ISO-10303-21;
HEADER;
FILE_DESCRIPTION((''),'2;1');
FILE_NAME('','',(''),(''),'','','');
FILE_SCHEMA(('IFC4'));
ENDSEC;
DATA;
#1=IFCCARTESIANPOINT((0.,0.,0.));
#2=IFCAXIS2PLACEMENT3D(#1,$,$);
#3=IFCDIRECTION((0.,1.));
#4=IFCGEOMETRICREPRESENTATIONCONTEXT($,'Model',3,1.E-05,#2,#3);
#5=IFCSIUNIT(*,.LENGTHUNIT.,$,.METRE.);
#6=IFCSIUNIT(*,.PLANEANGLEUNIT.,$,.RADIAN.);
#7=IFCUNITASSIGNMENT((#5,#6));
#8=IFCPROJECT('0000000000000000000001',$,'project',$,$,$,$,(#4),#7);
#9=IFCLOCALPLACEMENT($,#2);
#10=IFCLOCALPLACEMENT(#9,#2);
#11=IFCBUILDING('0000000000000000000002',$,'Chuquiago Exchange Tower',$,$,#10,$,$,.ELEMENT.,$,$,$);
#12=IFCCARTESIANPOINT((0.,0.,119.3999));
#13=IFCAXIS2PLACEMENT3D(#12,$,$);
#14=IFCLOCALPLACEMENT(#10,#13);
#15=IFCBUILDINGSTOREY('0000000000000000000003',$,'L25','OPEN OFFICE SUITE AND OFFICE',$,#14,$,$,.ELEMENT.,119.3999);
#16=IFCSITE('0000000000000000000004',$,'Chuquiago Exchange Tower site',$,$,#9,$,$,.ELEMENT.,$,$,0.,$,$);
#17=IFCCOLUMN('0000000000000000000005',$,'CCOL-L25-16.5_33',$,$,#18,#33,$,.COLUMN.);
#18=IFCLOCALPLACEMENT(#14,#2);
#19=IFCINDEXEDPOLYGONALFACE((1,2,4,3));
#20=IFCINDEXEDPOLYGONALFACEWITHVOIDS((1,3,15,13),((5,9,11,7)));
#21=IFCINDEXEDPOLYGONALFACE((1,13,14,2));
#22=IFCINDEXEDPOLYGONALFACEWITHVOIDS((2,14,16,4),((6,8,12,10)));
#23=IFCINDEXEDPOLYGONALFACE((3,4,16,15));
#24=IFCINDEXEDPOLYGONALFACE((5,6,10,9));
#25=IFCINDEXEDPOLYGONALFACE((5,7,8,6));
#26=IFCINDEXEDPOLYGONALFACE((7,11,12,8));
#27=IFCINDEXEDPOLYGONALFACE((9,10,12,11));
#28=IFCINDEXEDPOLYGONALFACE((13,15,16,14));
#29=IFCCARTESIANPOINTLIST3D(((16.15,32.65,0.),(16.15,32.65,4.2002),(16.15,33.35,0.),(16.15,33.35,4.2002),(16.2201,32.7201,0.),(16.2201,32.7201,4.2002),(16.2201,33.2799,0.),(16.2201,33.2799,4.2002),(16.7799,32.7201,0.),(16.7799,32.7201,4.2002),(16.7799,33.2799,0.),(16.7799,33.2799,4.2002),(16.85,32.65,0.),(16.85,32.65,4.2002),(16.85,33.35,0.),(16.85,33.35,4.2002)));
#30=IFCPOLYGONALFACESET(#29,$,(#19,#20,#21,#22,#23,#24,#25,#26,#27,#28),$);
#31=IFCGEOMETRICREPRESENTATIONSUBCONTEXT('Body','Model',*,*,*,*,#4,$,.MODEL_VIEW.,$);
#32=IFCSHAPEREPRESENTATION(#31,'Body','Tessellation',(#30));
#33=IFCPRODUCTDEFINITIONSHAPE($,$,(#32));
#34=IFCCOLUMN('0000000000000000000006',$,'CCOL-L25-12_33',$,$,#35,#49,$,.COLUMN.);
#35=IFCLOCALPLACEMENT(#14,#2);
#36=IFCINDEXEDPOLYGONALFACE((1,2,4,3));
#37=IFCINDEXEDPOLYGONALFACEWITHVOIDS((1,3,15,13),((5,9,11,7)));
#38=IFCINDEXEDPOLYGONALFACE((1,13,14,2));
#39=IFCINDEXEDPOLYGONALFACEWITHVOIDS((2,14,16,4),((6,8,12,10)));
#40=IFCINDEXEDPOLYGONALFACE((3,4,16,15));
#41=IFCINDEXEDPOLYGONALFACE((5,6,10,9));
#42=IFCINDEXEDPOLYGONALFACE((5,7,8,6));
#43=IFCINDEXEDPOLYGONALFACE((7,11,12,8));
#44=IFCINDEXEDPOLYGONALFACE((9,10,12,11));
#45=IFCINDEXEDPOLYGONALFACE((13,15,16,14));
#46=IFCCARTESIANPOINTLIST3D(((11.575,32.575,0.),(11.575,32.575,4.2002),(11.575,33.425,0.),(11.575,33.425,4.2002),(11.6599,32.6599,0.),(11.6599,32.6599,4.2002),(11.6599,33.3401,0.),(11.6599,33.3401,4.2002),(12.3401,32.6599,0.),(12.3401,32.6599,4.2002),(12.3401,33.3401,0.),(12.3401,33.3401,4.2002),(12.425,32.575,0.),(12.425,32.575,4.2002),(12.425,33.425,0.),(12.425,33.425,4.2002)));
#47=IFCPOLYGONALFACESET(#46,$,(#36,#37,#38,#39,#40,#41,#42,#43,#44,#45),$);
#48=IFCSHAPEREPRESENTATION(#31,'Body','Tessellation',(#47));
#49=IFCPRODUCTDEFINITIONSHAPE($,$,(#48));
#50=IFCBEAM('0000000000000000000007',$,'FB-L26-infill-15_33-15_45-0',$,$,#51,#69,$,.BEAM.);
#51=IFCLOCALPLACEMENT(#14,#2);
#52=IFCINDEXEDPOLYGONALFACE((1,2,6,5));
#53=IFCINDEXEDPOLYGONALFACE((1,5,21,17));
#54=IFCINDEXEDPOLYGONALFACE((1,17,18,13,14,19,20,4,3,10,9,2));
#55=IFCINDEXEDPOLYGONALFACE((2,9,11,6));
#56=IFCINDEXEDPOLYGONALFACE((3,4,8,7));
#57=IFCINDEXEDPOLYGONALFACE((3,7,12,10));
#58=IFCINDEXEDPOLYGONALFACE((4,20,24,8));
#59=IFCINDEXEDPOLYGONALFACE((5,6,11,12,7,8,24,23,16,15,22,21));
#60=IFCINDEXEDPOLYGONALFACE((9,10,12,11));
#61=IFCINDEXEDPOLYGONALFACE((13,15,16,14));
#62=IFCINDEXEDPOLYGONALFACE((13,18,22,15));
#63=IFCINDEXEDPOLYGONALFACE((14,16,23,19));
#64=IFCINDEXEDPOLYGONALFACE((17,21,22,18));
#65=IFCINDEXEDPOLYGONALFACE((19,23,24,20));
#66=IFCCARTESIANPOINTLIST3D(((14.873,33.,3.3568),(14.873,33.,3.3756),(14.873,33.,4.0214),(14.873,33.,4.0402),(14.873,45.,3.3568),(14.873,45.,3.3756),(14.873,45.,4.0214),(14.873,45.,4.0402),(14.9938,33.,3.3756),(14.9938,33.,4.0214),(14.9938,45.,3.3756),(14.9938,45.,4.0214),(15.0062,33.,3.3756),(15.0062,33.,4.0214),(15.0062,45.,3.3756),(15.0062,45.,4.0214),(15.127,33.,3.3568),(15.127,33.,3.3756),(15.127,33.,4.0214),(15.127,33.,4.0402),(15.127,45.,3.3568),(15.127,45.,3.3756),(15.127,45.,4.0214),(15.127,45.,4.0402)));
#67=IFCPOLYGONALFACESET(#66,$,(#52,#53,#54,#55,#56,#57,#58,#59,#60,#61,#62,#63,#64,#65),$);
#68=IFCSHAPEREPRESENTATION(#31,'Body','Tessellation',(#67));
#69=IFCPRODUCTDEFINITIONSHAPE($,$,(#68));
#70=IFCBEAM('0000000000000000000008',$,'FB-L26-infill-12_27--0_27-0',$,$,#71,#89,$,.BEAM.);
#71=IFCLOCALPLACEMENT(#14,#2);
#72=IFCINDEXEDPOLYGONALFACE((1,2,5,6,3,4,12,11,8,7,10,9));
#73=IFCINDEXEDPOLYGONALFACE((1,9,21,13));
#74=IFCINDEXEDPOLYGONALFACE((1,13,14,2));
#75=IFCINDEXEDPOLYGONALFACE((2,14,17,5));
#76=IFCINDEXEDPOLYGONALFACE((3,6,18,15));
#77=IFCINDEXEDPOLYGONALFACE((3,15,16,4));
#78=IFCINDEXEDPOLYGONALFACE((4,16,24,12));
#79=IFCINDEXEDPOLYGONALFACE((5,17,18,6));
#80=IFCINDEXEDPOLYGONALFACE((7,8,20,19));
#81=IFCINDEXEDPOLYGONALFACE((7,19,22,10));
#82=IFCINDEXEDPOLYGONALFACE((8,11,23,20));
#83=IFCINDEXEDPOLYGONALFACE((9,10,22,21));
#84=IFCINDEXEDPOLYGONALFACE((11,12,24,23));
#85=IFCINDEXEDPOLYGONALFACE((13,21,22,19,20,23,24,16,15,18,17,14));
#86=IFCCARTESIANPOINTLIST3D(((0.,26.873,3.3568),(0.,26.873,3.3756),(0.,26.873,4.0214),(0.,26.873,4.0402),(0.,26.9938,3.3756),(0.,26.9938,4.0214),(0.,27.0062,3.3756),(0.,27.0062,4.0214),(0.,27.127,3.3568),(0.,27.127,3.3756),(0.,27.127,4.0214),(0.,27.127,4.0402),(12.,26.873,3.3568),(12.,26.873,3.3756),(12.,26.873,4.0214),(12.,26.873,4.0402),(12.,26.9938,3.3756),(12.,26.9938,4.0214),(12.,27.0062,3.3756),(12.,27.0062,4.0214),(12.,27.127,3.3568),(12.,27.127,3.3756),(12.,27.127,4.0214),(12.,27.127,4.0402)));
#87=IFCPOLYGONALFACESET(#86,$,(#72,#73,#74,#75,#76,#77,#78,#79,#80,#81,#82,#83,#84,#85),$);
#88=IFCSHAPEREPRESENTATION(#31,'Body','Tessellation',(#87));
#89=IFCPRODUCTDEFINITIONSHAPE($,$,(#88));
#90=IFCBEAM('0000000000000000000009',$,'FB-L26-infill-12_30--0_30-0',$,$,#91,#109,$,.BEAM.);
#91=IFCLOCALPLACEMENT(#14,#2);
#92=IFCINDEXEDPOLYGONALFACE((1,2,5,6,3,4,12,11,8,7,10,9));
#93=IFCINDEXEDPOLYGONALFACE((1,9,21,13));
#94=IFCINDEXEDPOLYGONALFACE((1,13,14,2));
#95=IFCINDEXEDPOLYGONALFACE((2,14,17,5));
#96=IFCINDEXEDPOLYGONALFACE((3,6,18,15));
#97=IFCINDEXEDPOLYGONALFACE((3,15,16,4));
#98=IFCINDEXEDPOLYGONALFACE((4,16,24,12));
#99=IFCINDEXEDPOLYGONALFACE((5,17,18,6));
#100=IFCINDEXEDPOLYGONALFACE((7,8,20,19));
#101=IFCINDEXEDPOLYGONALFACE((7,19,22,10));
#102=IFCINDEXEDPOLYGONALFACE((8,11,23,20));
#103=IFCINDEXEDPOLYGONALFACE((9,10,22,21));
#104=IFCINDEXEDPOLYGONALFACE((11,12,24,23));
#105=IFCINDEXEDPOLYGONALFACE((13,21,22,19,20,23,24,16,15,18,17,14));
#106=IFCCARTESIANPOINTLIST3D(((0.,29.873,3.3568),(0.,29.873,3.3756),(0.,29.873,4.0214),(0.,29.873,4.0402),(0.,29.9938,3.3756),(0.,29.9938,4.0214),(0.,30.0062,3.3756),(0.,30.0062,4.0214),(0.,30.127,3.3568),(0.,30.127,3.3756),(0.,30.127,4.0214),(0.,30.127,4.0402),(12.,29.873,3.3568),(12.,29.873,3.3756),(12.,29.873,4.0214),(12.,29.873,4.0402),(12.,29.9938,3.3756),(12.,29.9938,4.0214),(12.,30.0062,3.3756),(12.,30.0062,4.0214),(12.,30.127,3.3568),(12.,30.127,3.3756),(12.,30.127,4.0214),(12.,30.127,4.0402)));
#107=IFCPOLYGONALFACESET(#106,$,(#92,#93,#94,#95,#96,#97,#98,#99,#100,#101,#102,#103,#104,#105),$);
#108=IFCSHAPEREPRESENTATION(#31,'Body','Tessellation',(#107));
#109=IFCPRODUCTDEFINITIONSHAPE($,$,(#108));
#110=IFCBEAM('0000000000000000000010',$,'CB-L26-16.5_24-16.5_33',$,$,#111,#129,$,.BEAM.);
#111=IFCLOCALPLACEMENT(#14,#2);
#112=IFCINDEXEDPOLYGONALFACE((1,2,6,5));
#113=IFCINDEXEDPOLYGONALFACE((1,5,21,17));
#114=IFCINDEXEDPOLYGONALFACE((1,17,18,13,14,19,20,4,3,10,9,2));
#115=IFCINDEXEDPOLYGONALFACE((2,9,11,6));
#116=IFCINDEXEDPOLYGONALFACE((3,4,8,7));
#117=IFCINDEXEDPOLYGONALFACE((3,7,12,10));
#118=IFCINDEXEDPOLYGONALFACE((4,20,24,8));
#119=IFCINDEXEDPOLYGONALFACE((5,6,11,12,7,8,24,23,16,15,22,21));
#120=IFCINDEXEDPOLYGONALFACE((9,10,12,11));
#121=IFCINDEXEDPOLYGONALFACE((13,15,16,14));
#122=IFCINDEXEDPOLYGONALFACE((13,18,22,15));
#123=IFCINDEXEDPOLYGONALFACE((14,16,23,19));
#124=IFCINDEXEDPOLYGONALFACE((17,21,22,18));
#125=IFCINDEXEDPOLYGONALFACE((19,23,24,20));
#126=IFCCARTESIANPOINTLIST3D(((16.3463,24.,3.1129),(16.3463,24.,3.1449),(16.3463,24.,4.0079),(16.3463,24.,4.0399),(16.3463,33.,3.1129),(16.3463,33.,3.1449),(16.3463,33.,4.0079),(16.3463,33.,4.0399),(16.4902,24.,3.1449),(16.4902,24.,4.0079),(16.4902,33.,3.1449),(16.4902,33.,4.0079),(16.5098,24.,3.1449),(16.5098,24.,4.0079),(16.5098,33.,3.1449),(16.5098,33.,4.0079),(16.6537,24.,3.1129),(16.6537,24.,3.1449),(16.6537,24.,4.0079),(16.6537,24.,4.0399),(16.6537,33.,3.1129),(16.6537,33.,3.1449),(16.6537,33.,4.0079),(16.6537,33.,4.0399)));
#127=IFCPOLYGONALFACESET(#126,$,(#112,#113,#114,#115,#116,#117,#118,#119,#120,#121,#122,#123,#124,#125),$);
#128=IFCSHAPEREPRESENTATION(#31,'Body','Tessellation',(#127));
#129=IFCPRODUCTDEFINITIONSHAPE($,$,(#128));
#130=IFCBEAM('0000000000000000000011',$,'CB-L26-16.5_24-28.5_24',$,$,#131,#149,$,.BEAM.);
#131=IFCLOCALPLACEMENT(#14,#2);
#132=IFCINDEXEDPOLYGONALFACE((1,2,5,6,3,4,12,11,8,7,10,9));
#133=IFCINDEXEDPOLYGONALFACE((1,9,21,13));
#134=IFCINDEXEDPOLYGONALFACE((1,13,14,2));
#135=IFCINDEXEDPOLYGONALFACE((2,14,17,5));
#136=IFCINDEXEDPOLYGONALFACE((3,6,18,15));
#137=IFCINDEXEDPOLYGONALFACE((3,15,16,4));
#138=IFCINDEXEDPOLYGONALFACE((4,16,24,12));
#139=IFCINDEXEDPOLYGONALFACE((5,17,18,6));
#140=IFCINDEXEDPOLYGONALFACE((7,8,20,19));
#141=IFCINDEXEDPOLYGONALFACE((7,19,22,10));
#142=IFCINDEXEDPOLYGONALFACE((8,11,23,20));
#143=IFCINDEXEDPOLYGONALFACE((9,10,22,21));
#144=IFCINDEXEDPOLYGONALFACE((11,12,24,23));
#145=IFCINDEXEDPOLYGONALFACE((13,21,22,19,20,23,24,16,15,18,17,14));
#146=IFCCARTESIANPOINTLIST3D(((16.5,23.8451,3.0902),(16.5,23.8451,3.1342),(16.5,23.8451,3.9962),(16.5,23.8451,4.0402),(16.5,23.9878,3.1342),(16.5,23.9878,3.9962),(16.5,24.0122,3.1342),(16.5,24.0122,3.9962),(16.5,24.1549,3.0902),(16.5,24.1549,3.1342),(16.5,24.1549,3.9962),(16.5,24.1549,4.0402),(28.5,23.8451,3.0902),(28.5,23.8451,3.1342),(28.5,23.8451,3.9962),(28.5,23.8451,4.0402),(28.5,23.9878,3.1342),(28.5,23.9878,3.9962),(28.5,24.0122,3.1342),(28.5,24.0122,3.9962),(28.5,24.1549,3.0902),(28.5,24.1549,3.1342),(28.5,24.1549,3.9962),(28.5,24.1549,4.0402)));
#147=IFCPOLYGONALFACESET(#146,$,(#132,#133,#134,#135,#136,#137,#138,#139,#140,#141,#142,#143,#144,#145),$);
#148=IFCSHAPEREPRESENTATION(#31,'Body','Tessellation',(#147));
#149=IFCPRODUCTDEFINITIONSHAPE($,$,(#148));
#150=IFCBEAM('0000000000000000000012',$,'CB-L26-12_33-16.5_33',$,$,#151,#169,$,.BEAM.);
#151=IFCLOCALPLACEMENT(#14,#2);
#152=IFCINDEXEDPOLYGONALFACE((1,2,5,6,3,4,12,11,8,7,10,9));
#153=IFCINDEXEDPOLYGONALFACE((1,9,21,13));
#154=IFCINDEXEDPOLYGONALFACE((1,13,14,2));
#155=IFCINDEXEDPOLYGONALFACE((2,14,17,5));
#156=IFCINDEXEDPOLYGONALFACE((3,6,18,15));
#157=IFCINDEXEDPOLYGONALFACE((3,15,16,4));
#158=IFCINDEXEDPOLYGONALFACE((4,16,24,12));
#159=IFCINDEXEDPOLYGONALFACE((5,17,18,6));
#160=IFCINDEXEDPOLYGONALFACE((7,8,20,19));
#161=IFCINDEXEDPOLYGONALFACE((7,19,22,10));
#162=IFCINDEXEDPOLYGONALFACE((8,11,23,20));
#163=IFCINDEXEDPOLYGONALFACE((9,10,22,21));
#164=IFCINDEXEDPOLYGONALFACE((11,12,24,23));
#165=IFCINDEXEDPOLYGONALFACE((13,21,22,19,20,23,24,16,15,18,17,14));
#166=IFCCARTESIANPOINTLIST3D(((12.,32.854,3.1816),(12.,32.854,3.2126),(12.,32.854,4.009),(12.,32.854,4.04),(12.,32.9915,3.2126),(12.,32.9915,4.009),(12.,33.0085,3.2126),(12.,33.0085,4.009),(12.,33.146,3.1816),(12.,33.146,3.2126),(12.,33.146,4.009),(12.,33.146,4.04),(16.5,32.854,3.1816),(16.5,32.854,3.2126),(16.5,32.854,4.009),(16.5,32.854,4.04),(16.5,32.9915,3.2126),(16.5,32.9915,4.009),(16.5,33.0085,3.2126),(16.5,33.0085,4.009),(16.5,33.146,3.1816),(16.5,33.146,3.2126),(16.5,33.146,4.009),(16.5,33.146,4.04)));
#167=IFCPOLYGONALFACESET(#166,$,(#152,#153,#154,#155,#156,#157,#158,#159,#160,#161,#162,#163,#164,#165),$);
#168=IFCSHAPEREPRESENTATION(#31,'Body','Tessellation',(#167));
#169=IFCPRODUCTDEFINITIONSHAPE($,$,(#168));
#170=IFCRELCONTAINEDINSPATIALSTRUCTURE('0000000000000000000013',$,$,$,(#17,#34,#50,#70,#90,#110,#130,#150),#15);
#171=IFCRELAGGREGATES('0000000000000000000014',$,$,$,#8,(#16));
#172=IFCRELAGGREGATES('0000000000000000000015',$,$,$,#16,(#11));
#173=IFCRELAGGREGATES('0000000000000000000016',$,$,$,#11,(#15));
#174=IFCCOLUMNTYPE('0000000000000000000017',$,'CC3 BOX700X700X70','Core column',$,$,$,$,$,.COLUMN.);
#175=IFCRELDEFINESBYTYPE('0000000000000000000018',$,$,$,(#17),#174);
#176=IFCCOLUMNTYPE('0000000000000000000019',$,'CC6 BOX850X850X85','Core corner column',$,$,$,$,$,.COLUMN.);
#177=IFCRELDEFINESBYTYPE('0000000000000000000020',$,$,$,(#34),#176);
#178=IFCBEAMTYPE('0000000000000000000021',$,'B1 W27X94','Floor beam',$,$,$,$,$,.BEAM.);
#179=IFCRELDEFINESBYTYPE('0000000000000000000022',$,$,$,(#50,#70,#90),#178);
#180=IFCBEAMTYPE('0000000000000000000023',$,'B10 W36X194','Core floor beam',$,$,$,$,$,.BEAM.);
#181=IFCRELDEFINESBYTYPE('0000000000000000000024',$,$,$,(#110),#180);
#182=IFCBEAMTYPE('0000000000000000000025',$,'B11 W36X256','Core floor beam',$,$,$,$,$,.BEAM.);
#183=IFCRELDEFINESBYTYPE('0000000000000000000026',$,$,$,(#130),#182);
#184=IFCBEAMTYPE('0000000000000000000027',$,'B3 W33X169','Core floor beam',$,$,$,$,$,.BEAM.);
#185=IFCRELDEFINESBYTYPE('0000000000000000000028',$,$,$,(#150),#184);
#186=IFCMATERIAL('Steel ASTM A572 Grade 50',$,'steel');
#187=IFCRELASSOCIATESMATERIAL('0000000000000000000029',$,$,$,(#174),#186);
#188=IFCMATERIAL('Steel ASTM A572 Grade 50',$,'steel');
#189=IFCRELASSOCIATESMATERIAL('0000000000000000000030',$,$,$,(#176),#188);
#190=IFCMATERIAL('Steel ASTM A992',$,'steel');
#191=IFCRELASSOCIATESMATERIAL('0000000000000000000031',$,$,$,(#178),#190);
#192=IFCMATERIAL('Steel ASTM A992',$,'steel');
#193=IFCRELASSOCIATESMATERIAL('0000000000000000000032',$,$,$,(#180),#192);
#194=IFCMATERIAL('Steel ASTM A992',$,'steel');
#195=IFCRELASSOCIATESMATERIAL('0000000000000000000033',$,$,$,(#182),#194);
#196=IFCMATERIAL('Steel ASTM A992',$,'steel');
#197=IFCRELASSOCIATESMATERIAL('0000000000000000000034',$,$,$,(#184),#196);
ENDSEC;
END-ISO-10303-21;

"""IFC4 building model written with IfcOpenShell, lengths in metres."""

from ifc_helpers import new_model, si_unit, direction, frame, origin, origin_2d, place, context, subcontext, project, spatial, hollow_rectangle, i_section, extrude, material, material_profile, profile_set, type_object, element, save


model = new_model("IFC4")

# Units and contexts
model_context = context("Model", 3, precision=1e-05, world=origin(), true_north=direction((0.0, 1.0)))
body_context = subcontext(model_context, "Body", "Model", "MODEL_VIEW")
ifc_project = project(units=[si_unit("LENGTHUNIT", "METRE"), si_unit("PLANEANGLEUNIT", "RADIAN")], contexts=[model_context])

# Site, building, storey
site_placement = place(None, origin())
site = spatial("IfcSite", under=ifc_project, at=site_placement, Name="Chuquiago Exchange Tower site", CompositionType="ELEMENT", RefElevation=0.0)
building_placement = place(site_placement, origin())
building = spatial("IfcBuilding", under=site, at=building_placement, Name="Chuquiago Exchange Tower", CompositionType="ELEMENT")
storey_placement = place(building_placement, frame((0.0, 0.0, 119.3999)))
storey = spatial("IfcBuildingStorey", under=building, at=storey_placement, Name="L25", Description="OPEN OFFICE SUITE AND OFFICE", CompositionType="ELEMENT", Elevation=119.3999)

# Columns
ifc_material_1 = material(Name="Steel ASTM A572 Grade 50", Category="steel")
ifc_material_profile_1 = material_profile(ifc_material_1, hollow_rectangle(XDim=0.7, YDim=0.7, WallThickness=0.0701, at=origin_2d()), Name="BOX700X700X70")
ifc_profile_set_1 = profile_set([ifc_material_profile_1], Name="Steel ASTM A572 Grade 50")
column_type_1 = type_object("IfcColumnType", Name="CC3 BOX700X700X70", Description="Core column", PredefinedType="COLUMN", material=ifc_profile_set_1)
column_1_placement = place(storey_placement, frame((16.5, 33.0, 0.0), z_axis=(0.0, 0.0, 1.0), x_axis=(1.0, 0.0, 0.0)))
element("IfcColumn", 1, at=column_1_placement, inside=storey, type_object=column_type_1, Name="CCOL-L25-16.5_33", PredefinedType="COLUMN", context=body_context, shape_type="SweptSolid", body=[
    extrude(hollow_rectangle(XDim=0.7, YDim=0.7, WallThickness=0.0701, at=origin_2d()), origin(), (0.0, 0.0, 1.0), 4.2002),
])
ifc_material_2 = material(Name="Steel ASTM A572 Grade 50", Category="steel")
ifc_material_profile_2 = material_profile(ifc_material_2, hollow_rectangle(XDim=0.8501, YDim=0.8501, WallThickness=0.085, at=origin_2d()), Name="BOX850X850X85")
ifc_profile_set_2 = profile_set([ifc_material_profile_2], Name="Steel ASTM A572 Grade 50")
column_type_2 = type_object("IfcColumnType", Name="CC6 BOX850X850X85", Description="Core corner column", PredefinedType="COLUMN", material=ifc_profile_set_2)
column_2_placement = place(storey_placement, frame((12.0, 33.0, 0.0), z_axis=(0.0, 0.0, 1.0), x_axis=(1.0, 0.0, 0.0)))
element("IfcColumn", 2, at=column_2_placement, inside=storey, type_object=column_type_2, Name="CCOL-L25-12_33", PredefinedType="COLUMN", context=body_context, shape_type="SweptSolid", body=[
    extrude(hollow_rectangle(XDim=0.8501, YDim=0.8501, WallThickness=0.085, at=origin_2d()), origin(), (0.0, 0.0, 1.0), 4.2002),
])

# Beams
ifc_material_3 = material(Name="Steel ASTM A992", Category="steel")
ifc_material_profile_3 = material_profile(ifc_material_3, i_section(OverallWidth=0.2539, OverallDepth=0.6833, WebThickness=0.0125, FlangeThickness=0.0188, at=origin_2d()), Name="W27X94")
ifc_profile_set_3 = profile_set([ifc_material_profile_3], Name="Steel ASTM A992")
beam_type_1 = type_object("IfcBeamType", Name="B1 W27X94", Description="Floor beam", PredefinedType="BEAM", material=ifc_profile_set_3)
for number, where, z_axis, x_axis, name in (
    (3, (15.0, 33.0, 3.6985), (0.0, 1.0, 0.0), (-1.0, 0.0, 0.0), "FB-L26-infill-15_33-15_45-0"),
    (4, (12.0, 27.0, 3.6985), (-1.0, 0.0, 0.0), (0.0, -1.0, 0.0), "FB-L26-infill-12_27--0_27-0"),
    (5, (12.0, 30.0, 3.6985), (-1.0, 0.0, 0.0), (0.0, -1.0, 0.0), "FB-L26-infill-12_30--0_30-0"),
):
    element("IfcBeam", number, at=place(storey_placement, frame(where, z_axis=z_axis, x_axis=x_axis)), inside=storey, type_object=beam_type_1, Name=name, PredefinedType="BEAM", context=body_context, shape_type="SweptSolid", body=[
        extrude(i_section(OverallWidth=0.2539, OverallDepth=0.6833, WebThickness=0.0125, FlangeThickness=0.0188, at=origin_2d()), origin(), (0.0, 0.0, 1.0), 12.0),
    ])
ifc_material_4 = material(Name="Steel ASTM A992", Category="steel")
ifc_material_profile_4 = material_profile(ifc_material_4, i_section(OverallWidth=0.3074, OverallDepth=0.927, WebThickness=0.0195, FlangeThickness=0.032, at=origin_2d()), Name="W36X194")
ifc_profile_set_4 = profile_set([ifc_material_profile_4], Name="Steel ASTM A992")
beam_type_2 = type_object("IfcBeamType", Name="B10 W36X194", Description="Core floor beam", PredefinedType="BEAM", material=ifc_profile_set_4)
beam_1_placement = place(storey_placement, frame((16.5, 24.0, 3.5764), z_axis=(0.0, 1.0, 0.0), x_axis=(-1.0, 0.0, 0.0)))
element("IfcBeam", 6, at=beam_1_placement, inside=storey, type_object=beam_type_2, Name="CB-L26-16.5_24-16.5_33", PredefinedType="BEAM", context=body_context, shape_type="SweptSolid", body=[
    extrude(i_section(OverallWidth=0.3074, OverallDepth=0.927, WebThickness=0.0195, FlangeThickness=0.032, at=origin_2d()), origin(), (0.0, 0.0, 1.0), 9.0),
])
ifc_material_5 = material(Name="Steel ASTM A992", Category="steel")
ifc_material_profile_5 = material_profile(ifc_material_5, i_section(OverallWidth=0.3098, OverallDepth=0.95, WebThickness=0.0244, FlangeThickness=0.0439, at=origin_2d()), Name="W36X256")
ifc_profile_set_5 = profile_set([ifc_material_profile_5], Name="Steel ASTM A992")
beam_type_3 = type_object("IfcBeamType", Name="B11 W36X256", Description="Core floor beam", PredefinedType="BEAM", material=ifc_profile_set_5)
beam_2_placement = place(storey_placement, frame((16.5, 24.0, 3.5652), z_axis=(1.0, 0.0, 0.0), x_axis=(0.0, 1.0, 0.0)))
element("IfcBeam", 7, at=beam_2_placement, inside=storey, type_object=beam_type_3, Name="CB-L26-16.5_24-28.5_24", PredefinedType="BEAM", context=body_context, shape_type="SweptSolid", body=[
    extrude(i_section(OverallWidth=0.3098, OverallDepth=0.95, WebThickness=0.0244, FlangeThickness=0.0439, at=origin_2d()), origin(), (0.0, 0.0, 1.0), 12.0),
])
ifc_material_6 = material(Name="Steel ASTM A992", Category="steel")
ifc_material_profile_6 = material_profile(ifc_material_6, i_section(OverallWidth=0.292, OverallDepth=0.8584, WebThickness=0.0171, FlangeThickness=0.031, at=origin_2d()), Name="W33X169")
ifc_profile_set_6 = profile_set([ifc_material_profile_6], Name="Steel ASTM A992")
beam_type_4 = type_object("IfcBeamType", Name="B3 W33X169", Description="Core floor beam", PredefinedType="BEAM", material=ifc_profile_set_6)
beam_3_placement = place(storey_placement, frame((12.0, 33.0, 3.6108), z_axis=(1.0, 0.0, 0.0), x_axis=(0.0, 1.0, 0.0)))
element("IfcBeam", 8, at=beam_3_placement, inside=storey, type_object=beam_type_4, Name="CB-L26-12_33-16.5_33", PredefinedType="BEAM", context=body_context, shape_type="SweptSolid", body=[
    extrude(i_section(OverallWidth=0.292, OverallDepth=0.8584, WebThickness=0.0171, FlangeThickness=0.031, at=origin_2d()), origin(), (0.0, 0.0, 1.0), 4.5),
])

save(model, "model.ifc")
